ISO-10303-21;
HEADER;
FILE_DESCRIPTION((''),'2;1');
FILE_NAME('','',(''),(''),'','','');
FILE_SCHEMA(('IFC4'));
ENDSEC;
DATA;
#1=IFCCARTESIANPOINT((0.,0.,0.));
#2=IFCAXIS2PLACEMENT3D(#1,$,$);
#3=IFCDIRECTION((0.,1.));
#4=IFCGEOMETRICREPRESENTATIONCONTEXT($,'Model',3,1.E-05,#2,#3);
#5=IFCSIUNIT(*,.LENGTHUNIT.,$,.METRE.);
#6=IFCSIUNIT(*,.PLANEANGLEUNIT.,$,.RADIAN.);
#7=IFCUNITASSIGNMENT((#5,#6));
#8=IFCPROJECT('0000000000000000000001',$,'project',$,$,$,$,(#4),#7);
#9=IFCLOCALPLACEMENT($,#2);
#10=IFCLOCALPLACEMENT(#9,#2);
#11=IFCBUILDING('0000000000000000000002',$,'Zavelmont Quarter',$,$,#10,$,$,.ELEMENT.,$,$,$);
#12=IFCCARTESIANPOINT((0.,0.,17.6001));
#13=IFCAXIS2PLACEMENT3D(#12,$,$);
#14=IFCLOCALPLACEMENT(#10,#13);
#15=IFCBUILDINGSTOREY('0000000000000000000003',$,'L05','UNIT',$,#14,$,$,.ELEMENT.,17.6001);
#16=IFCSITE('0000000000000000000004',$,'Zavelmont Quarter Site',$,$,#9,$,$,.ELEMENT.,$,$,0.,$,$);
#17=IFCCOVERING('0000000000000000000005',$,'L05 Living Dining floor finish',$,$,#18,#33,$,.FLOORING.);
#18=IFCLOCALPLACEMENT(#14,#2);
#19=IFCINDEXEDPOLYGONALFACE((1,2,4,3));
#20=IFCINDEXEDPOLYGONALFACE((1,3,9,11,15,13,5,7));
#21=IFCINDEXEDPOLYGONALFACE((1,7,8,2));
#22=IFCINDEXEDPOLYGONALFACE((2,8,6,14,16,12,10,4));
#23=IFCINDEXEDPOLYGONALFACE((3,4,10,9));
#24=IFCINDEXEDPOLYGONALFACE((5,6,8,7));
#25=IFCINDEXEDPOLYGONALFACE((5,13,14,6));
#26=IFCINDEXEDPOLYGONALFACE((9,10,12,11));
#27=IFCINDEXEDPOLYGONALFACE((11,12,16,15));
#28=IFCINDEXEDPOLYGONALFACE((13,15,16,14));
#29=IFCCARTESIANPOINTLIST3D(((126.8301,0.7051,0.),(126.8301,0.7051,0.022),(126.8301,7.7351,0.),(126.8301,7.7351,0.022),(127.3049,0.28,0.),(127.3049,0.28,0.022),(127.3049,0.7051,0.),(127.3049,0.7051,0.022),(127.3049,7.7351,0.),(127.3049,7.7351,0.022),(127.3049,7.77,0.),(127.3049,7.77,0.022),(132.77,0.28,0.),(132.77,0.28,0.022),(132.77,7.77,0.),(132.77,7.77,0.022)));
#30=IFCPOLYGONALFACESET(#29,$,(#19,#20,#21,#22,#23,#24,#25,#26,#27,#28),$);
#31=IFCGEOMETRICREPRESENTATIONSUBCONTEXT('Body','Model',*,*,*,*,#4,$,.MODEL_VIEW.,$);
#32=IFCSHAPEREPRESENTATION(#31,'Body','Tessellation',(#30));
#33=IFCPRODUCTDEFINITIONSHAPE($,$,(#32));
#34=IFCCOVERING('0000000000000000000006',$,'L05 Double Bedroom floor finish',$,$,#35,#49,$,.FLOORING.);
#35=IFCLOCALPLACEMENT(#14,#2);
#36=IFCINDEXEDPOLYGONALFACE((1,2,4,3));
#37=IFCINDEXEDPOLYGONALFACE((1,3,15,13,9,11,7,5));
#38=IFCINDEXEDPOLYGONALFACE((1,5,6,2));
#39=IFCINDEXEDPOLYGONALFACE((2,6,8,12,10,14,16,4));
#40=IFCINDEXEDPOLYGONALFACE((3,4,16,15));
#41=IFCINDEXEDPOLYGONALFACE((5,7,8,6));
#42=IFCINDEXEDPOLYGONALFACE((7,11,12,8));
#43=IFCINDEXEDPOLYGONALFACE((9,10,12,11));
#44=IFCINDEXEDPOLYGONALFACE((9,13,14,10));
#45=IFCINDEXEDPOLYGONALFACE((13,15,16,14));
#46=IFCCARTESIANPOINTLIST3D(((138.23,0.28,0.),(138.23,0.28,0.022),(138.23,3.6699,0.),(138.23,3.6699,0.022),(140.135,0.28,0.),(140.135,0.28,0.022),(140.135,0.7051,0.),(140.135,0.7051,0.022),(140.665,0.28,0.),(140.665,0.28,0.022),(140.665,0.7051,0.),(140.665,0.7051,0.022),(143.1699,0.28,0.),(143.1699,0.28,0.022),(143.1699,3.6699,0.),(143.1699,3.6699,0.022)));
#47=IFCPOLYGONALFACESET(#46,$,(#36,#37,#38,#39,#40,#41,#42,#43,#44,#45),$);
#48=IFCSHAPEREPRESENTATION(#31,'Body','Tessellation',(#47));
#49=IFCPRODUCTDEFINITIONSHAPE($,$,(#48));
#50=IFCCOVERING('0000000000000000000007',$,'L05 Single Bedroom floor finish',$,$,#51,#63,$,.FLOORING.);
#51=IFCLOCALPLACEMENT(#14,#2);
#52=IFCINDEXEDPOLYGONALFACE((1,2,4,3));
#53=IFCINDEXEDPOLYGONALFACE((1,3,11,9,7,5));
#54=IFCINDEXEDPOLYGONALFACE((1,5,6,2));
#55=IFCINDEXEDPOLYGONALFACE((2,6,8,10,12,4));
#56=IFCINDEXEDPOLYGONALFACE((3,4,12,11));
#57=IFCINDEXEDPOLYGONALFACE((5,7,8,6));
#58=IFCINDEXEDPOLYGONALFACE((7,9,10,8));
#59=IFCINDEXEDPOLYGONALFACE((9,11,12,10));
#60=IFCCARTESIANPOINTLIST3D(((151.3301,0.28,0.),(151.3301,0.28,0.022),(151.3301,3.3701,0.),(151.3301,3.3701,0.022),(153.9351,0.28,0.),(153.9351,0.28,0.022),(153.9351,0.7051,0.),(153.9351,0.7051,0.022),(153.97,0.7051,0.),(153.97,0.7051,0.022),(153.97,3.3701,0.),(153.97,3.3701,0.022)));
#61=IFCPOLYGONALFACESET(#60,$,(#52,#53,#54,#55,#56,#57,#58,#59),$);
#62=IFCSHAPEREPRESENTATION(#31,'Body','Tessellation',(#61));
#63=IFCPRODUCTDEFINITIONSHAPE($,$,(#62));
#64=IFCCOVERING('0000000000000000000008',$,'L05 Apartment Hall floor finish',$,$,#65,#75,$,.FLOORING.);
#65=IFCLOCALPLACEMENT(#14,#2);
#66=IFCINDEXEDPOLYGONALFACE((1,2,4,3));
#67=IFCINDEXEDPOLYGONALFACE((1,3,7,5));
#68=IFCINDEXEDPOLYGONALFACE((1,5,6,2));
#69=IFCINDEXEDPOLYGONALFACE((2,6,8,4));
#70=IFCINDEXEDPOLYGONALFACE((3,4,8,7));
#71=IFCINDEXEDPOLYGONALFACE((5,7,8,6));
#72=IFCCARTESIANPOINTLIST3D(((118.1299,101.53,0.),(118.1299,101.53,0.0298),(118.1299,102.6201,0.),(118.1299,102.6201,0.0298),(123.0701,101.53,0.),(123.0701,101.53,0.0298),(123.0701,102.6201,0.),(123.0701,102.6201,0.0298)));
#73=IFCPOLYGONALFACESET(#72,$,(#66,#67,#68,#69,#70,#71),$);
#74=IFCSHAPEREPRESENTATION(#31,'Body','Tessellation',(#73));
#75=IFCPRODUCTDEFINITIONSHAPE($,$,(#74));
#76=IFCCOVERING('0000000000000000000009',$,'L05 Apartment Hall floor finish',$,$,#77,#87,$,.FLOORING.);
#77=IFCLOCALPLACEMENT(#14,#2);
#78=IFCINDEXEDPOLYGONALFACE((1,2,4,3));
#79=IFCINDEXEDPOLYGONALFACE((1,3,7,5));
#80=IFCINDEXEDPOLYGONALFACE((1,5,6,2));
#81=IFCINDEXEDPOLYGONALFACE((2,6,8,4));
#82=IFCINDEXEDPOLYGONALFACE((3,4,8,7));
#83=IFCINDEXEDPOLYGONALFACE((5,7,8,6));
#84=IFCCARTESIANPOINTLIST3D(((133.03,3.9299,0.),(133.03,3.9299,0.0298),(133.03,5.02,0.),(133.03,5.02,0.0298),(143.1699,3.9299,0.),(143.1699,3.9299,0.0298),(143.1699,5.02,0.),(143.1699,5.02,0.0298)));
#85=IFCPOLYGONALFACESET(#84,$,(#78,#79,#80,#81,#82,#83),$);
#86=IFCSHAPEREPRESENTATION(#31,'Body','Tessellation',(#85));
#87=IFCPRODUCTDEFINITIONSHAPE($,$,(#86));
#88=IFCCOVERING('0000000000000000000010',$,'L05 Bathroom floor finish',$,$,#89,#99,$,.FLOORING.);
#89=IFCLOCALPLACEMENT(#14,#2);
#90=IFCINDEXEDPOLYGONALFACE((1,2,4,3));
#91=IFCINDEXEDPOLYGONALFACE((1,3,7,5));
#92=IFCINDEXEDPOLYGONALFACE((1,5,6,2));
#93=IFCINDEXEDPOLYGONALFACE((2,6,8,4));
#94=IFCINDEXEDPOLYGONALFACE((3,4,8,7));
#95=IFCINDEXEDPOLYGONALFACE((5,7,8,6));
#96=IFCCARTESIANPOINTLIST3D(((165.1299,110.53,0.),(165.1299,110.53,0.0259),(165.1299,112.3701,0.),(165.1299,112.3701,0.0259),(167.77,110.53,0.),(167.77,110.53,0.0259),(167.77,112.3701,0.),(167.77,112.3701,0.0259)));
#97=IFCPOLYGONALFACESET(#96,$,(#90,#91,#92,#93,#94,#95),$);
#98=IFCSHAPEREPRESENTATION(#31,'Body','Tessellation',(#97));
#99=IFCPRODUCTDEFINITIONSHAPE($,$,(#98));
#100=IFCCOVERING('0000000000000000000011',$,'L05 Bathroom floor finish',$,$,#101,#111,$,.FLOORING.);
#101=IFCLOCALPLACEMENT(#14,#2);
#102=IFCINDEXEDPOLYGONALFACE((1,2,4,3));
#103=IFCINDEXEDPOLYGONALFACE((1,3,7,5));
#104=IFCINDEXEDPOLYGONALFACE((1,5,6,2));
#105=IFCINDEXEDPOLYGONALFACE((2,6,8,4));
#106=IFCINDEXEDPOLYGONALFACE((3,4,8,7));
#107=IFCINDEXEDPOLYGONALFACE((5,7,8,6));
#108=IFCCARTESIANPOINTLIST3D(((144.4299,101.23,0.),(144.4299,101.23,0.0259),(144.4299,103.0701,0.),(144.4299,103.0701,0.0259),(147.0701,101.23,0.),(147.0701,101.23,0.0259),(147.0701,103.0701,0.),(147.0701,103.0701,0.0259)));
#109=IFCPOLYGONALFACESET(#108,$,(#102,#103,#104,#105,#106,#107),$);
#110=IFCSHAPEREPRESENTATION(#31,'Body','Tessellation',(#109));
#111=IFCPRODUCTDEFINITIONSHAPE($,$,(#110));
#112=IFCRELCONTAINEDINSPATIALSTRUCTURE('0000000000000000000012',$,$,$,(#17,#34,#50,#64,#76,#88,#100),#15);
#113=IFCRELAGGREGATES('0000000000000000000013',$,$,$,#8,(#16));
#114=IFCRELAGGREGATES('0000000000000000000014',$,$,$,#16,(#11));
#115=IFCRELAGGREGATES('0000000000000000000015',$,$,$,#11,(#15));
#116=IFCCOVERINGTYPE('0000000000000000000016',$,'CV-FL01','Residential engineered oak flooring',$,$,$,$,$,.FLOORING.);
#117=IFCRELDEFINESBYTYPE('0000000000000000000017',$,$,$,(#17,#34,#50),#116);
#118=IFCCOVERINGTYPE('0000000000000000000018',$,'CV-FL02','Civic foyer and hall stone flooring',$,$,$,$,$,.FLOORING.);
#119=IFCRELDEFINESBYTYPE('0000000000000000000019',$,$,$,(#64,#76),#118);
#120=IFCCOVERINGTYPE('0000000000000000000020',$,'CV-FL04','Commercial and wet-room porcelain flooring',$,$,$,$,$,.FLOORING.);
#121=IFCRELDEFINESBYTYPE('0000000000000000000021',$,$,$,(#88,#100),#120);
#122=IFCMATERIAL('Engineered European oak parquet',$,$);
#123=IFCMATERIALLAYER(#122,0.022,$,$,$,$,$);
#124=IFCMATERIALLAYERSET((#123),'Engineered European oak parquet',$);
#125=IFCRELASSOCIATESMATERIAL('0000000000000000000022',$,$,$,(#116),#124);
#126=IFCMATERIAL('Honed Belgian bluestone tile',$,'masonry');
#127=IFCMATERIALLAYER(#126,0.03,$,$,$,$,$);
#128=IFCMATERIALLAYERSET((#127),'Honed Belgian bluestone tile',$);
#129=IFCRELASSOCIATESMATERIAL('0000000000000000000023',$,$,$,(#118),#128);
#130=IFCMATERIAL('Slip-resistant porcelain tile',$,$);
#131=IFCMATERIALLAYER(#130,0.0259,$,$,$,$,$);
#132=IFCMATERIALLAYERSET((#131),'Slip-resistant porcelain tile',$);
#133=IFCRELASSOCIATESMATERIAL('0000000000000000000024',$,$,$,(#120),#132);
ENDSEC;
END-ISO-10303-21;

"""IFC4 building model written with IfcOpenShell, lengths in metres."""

from ifc_helpers import new_model, si_unit, direction, frame, origin, place, context, subcontext, project, spatial, polyline, outline, extrude, material, layer, layer_set, type_object, element, save


model = new_model("IFC4")

# Units and contexts
model_context = context("Model", 3, precision=1e-05, world=origin(), true_north=direction((0.0, 1.0)))
body_context = subcontext(model_context, "Body", "Model", "MODEL_VIEW")
ifc_project = project(units=[si_unit("LENGTHUNIT", "METRE"), si_unit("PLANEANGLEUNIT", "RADIAN")], contexts=[model_context])

# Site, building, storey
site_placement = place(None, origin())
site = spatial("IfcSite", under=ifc_project, at=site_placement, Name="Zavelmont Quarter Site", CompositionType="ELEMENT", RefElevation=0.0)
building_placement = place(site_placement, origin())
building = spatial("IfcBuilding", under=site, at=building_placement, Name="Zavelmont Quarter", CompositionType="ELEMENT")
storey_placement = place(building_placement, frame((0.0, 0.0, 17.6001)))
storey = spatial("IfcBuildingStorey", under=building, at=storey_placement, Name="L05", Description="UNIT", CompositionType="ELEMENT", Elevation=17.6001)

# Coverings
ifc_material_1 = material(Name="Engineered European oak parquet")
ifc_layer_1 = layer(ifc_material_1, 0.022)
ifc_layer_set_1 = layer_set([ifc_layer_1], Name="Engineered European oak parquet")
covering_type_1 = type_object("IfcCoveringType", Name="CV-FL01", Description="Residential engineered oak flooring", PredefinedType="FLOORING", material=ifc_layer_set_1)
covering_1_placement = place(storey_placement, origin())
element("IfcCovering", 1, at=covering_1_placement, inside=storey, type_object=covering_type_1, Name="L05 Living Dining floor finish", PredefinedType="FLOORING", context=body_context, shape_type="SweptSolid", body=[
    extrude(outline(polyline([(126.8301, 7.7351), (127.3049, 7.7351), (127.3049, 7.77), (132.77, 7.77), (132.77, 0.28), (127.3049, 0.28), (127.3049, 0.7051), (126.8301, 0.7051), (126.8301, 7.7351)])), origin(), (0.0, 0.0, 1.0), 0.022),
])
covering_2_placement = place(storey_placement, origin())
element("IfcCovering", 2, at=covering_2_placement, inside=storey, type_object=covering_type_1, Name="L05 Double Bedroom floor finish", PredefinedType="FLOORING", context=body_context, shape_type="SweptSolid", body=[
    extrude(outline(polyline([(138.23, 3.6699), (143.1699, 3.6699), (143.1699, 0.28), (140.665, 0.28), (140.665, 0.7051), (140.135, 0.7051), (140.135, 0.28), (138.23, 0.28), (138.23, 3.6699)])), origin(), (0.0, 0.0, 1.0), 0.022),
])
covering_3_placement = place(storey_placement, origin())
element("IfcCovering", 3, at=covering_3_placement, inside=storey, type_object=covering_type_1, Name="L05 Single Bedroom floor finish", PredefinedType="FLOORING", context=body_context, shape_type="SweptSolid", body=[
    extrude(outline(polyline([(151.3301, 3.3701), (153.97, 3.3701), (153.97, 0.7051), (153.9351, 0.7051), (153.9351, 0.28), (151.3301, 0.28), (151.3301, 3.3701)])), origin(), (0.0, 0.0, 1.0), 0.022),
])
ifc_material_2 = material(Name="Honed Belgian bluestone tile", Category="masonry")
ifc_layer_2 = layer(ifc_material_2, 0.03)
ifc_layer_set_2 = layer_set([ifc_layer_2], Name="Honed Belgian bluestone tile")
covering_type_2 = type_object("IfcCoveringType", Name="CV-FL02", Description="Civic foyer and hall stone flooring", PredefinedType="FLOORING", material=ifc_layer_set_2)
covering_4_placement = place(storey_placement, origin())
element("IfcCovering", 4, at=covering_4_placement, inside=storey, type_object=covering_type_2, Name="L05 Apartment Hall floor finish", PredefinedType="FLOORING", context=body_context, shape_type="SweptSolid", body=[
    extrude(outline(polyline([(118.1299, 102.6201), (123.0701, 102.6201), (123.0701, 101.53), (118.1299, 101.53), (118.1299, 102.6201)])), origin(), (0.0, 0.0, 1.0), 0.0298),
])
covering_5_placement = place(storey_placement, origin())
element("IfcCovering", 5, at=covering_5_placement, inside=storey, type_object=covering_type_2, Name="L05 Apartment Hall floor finish", PredefinedType="FLOORING", context=body_context, shape_type="SweptSolid", body=[
    extrude(outline(polyline([(133.03, 5.02), (143.1699, 5.02), (143.1699, 3.9299), (133.03, 3.9299), (133.03, 5.02)])), origin(), (0.0, 0.0, 1.0), 0.0298),
])
ifc_material_3 = material(Name="Slip-resistant porcelain tile")
ifc_layer_3 = layer(ifc_material_3, 0.0259)
ifc_layer_set_3 = layer_set([ifc_layer_3], Name="Slip-resistant porcelain tile")
covering_type_3 = type_object("IfcCoveringType", Name="CV-FL04", Description="Commercial and wet-room porcelain flooring", PredefinedType="FLOORING", material=ifc_layer_set_3)
covering_6_placement = place(storey_placement, origin())
element("IfcCovering", 6, at=covering_6_placement, inside=storey, type_object=covering_type_3, Name="L05 Bathroom floor finish", PredefinedType="FLOORING", context=body_context, shape_type="SweptSolid", body=[
    extrude(outline(polyline([(165.1299, 112.3701), (167.77, 112.3701), (167.77, 110.53), (165.1299, 110.53), (165.1299, 112.3701)])), origin(), (0.0, 0.0, 1.0), 0.0259),
])
covering_7_placement = place(storey_placement, origin())
element("IfcCovering", 7, at=covering_7_placement, inside=storey, type_object=covering_type_3, Name="L05 Bathroom floor finish", PredefinedType="FLOORING", context=body_context, shape_type="SweptSolid", body=[
    extrude(outline(polyline([(144.4299, 103.0701), (147.0701, 103.0701), (147.0701, 101.23), (144.4299, 101.23), (144.4299, 103.0701)])), origin(), (0.0, 0.0, 1.0), 0.0259),
])

save(model, "model.ifc")
